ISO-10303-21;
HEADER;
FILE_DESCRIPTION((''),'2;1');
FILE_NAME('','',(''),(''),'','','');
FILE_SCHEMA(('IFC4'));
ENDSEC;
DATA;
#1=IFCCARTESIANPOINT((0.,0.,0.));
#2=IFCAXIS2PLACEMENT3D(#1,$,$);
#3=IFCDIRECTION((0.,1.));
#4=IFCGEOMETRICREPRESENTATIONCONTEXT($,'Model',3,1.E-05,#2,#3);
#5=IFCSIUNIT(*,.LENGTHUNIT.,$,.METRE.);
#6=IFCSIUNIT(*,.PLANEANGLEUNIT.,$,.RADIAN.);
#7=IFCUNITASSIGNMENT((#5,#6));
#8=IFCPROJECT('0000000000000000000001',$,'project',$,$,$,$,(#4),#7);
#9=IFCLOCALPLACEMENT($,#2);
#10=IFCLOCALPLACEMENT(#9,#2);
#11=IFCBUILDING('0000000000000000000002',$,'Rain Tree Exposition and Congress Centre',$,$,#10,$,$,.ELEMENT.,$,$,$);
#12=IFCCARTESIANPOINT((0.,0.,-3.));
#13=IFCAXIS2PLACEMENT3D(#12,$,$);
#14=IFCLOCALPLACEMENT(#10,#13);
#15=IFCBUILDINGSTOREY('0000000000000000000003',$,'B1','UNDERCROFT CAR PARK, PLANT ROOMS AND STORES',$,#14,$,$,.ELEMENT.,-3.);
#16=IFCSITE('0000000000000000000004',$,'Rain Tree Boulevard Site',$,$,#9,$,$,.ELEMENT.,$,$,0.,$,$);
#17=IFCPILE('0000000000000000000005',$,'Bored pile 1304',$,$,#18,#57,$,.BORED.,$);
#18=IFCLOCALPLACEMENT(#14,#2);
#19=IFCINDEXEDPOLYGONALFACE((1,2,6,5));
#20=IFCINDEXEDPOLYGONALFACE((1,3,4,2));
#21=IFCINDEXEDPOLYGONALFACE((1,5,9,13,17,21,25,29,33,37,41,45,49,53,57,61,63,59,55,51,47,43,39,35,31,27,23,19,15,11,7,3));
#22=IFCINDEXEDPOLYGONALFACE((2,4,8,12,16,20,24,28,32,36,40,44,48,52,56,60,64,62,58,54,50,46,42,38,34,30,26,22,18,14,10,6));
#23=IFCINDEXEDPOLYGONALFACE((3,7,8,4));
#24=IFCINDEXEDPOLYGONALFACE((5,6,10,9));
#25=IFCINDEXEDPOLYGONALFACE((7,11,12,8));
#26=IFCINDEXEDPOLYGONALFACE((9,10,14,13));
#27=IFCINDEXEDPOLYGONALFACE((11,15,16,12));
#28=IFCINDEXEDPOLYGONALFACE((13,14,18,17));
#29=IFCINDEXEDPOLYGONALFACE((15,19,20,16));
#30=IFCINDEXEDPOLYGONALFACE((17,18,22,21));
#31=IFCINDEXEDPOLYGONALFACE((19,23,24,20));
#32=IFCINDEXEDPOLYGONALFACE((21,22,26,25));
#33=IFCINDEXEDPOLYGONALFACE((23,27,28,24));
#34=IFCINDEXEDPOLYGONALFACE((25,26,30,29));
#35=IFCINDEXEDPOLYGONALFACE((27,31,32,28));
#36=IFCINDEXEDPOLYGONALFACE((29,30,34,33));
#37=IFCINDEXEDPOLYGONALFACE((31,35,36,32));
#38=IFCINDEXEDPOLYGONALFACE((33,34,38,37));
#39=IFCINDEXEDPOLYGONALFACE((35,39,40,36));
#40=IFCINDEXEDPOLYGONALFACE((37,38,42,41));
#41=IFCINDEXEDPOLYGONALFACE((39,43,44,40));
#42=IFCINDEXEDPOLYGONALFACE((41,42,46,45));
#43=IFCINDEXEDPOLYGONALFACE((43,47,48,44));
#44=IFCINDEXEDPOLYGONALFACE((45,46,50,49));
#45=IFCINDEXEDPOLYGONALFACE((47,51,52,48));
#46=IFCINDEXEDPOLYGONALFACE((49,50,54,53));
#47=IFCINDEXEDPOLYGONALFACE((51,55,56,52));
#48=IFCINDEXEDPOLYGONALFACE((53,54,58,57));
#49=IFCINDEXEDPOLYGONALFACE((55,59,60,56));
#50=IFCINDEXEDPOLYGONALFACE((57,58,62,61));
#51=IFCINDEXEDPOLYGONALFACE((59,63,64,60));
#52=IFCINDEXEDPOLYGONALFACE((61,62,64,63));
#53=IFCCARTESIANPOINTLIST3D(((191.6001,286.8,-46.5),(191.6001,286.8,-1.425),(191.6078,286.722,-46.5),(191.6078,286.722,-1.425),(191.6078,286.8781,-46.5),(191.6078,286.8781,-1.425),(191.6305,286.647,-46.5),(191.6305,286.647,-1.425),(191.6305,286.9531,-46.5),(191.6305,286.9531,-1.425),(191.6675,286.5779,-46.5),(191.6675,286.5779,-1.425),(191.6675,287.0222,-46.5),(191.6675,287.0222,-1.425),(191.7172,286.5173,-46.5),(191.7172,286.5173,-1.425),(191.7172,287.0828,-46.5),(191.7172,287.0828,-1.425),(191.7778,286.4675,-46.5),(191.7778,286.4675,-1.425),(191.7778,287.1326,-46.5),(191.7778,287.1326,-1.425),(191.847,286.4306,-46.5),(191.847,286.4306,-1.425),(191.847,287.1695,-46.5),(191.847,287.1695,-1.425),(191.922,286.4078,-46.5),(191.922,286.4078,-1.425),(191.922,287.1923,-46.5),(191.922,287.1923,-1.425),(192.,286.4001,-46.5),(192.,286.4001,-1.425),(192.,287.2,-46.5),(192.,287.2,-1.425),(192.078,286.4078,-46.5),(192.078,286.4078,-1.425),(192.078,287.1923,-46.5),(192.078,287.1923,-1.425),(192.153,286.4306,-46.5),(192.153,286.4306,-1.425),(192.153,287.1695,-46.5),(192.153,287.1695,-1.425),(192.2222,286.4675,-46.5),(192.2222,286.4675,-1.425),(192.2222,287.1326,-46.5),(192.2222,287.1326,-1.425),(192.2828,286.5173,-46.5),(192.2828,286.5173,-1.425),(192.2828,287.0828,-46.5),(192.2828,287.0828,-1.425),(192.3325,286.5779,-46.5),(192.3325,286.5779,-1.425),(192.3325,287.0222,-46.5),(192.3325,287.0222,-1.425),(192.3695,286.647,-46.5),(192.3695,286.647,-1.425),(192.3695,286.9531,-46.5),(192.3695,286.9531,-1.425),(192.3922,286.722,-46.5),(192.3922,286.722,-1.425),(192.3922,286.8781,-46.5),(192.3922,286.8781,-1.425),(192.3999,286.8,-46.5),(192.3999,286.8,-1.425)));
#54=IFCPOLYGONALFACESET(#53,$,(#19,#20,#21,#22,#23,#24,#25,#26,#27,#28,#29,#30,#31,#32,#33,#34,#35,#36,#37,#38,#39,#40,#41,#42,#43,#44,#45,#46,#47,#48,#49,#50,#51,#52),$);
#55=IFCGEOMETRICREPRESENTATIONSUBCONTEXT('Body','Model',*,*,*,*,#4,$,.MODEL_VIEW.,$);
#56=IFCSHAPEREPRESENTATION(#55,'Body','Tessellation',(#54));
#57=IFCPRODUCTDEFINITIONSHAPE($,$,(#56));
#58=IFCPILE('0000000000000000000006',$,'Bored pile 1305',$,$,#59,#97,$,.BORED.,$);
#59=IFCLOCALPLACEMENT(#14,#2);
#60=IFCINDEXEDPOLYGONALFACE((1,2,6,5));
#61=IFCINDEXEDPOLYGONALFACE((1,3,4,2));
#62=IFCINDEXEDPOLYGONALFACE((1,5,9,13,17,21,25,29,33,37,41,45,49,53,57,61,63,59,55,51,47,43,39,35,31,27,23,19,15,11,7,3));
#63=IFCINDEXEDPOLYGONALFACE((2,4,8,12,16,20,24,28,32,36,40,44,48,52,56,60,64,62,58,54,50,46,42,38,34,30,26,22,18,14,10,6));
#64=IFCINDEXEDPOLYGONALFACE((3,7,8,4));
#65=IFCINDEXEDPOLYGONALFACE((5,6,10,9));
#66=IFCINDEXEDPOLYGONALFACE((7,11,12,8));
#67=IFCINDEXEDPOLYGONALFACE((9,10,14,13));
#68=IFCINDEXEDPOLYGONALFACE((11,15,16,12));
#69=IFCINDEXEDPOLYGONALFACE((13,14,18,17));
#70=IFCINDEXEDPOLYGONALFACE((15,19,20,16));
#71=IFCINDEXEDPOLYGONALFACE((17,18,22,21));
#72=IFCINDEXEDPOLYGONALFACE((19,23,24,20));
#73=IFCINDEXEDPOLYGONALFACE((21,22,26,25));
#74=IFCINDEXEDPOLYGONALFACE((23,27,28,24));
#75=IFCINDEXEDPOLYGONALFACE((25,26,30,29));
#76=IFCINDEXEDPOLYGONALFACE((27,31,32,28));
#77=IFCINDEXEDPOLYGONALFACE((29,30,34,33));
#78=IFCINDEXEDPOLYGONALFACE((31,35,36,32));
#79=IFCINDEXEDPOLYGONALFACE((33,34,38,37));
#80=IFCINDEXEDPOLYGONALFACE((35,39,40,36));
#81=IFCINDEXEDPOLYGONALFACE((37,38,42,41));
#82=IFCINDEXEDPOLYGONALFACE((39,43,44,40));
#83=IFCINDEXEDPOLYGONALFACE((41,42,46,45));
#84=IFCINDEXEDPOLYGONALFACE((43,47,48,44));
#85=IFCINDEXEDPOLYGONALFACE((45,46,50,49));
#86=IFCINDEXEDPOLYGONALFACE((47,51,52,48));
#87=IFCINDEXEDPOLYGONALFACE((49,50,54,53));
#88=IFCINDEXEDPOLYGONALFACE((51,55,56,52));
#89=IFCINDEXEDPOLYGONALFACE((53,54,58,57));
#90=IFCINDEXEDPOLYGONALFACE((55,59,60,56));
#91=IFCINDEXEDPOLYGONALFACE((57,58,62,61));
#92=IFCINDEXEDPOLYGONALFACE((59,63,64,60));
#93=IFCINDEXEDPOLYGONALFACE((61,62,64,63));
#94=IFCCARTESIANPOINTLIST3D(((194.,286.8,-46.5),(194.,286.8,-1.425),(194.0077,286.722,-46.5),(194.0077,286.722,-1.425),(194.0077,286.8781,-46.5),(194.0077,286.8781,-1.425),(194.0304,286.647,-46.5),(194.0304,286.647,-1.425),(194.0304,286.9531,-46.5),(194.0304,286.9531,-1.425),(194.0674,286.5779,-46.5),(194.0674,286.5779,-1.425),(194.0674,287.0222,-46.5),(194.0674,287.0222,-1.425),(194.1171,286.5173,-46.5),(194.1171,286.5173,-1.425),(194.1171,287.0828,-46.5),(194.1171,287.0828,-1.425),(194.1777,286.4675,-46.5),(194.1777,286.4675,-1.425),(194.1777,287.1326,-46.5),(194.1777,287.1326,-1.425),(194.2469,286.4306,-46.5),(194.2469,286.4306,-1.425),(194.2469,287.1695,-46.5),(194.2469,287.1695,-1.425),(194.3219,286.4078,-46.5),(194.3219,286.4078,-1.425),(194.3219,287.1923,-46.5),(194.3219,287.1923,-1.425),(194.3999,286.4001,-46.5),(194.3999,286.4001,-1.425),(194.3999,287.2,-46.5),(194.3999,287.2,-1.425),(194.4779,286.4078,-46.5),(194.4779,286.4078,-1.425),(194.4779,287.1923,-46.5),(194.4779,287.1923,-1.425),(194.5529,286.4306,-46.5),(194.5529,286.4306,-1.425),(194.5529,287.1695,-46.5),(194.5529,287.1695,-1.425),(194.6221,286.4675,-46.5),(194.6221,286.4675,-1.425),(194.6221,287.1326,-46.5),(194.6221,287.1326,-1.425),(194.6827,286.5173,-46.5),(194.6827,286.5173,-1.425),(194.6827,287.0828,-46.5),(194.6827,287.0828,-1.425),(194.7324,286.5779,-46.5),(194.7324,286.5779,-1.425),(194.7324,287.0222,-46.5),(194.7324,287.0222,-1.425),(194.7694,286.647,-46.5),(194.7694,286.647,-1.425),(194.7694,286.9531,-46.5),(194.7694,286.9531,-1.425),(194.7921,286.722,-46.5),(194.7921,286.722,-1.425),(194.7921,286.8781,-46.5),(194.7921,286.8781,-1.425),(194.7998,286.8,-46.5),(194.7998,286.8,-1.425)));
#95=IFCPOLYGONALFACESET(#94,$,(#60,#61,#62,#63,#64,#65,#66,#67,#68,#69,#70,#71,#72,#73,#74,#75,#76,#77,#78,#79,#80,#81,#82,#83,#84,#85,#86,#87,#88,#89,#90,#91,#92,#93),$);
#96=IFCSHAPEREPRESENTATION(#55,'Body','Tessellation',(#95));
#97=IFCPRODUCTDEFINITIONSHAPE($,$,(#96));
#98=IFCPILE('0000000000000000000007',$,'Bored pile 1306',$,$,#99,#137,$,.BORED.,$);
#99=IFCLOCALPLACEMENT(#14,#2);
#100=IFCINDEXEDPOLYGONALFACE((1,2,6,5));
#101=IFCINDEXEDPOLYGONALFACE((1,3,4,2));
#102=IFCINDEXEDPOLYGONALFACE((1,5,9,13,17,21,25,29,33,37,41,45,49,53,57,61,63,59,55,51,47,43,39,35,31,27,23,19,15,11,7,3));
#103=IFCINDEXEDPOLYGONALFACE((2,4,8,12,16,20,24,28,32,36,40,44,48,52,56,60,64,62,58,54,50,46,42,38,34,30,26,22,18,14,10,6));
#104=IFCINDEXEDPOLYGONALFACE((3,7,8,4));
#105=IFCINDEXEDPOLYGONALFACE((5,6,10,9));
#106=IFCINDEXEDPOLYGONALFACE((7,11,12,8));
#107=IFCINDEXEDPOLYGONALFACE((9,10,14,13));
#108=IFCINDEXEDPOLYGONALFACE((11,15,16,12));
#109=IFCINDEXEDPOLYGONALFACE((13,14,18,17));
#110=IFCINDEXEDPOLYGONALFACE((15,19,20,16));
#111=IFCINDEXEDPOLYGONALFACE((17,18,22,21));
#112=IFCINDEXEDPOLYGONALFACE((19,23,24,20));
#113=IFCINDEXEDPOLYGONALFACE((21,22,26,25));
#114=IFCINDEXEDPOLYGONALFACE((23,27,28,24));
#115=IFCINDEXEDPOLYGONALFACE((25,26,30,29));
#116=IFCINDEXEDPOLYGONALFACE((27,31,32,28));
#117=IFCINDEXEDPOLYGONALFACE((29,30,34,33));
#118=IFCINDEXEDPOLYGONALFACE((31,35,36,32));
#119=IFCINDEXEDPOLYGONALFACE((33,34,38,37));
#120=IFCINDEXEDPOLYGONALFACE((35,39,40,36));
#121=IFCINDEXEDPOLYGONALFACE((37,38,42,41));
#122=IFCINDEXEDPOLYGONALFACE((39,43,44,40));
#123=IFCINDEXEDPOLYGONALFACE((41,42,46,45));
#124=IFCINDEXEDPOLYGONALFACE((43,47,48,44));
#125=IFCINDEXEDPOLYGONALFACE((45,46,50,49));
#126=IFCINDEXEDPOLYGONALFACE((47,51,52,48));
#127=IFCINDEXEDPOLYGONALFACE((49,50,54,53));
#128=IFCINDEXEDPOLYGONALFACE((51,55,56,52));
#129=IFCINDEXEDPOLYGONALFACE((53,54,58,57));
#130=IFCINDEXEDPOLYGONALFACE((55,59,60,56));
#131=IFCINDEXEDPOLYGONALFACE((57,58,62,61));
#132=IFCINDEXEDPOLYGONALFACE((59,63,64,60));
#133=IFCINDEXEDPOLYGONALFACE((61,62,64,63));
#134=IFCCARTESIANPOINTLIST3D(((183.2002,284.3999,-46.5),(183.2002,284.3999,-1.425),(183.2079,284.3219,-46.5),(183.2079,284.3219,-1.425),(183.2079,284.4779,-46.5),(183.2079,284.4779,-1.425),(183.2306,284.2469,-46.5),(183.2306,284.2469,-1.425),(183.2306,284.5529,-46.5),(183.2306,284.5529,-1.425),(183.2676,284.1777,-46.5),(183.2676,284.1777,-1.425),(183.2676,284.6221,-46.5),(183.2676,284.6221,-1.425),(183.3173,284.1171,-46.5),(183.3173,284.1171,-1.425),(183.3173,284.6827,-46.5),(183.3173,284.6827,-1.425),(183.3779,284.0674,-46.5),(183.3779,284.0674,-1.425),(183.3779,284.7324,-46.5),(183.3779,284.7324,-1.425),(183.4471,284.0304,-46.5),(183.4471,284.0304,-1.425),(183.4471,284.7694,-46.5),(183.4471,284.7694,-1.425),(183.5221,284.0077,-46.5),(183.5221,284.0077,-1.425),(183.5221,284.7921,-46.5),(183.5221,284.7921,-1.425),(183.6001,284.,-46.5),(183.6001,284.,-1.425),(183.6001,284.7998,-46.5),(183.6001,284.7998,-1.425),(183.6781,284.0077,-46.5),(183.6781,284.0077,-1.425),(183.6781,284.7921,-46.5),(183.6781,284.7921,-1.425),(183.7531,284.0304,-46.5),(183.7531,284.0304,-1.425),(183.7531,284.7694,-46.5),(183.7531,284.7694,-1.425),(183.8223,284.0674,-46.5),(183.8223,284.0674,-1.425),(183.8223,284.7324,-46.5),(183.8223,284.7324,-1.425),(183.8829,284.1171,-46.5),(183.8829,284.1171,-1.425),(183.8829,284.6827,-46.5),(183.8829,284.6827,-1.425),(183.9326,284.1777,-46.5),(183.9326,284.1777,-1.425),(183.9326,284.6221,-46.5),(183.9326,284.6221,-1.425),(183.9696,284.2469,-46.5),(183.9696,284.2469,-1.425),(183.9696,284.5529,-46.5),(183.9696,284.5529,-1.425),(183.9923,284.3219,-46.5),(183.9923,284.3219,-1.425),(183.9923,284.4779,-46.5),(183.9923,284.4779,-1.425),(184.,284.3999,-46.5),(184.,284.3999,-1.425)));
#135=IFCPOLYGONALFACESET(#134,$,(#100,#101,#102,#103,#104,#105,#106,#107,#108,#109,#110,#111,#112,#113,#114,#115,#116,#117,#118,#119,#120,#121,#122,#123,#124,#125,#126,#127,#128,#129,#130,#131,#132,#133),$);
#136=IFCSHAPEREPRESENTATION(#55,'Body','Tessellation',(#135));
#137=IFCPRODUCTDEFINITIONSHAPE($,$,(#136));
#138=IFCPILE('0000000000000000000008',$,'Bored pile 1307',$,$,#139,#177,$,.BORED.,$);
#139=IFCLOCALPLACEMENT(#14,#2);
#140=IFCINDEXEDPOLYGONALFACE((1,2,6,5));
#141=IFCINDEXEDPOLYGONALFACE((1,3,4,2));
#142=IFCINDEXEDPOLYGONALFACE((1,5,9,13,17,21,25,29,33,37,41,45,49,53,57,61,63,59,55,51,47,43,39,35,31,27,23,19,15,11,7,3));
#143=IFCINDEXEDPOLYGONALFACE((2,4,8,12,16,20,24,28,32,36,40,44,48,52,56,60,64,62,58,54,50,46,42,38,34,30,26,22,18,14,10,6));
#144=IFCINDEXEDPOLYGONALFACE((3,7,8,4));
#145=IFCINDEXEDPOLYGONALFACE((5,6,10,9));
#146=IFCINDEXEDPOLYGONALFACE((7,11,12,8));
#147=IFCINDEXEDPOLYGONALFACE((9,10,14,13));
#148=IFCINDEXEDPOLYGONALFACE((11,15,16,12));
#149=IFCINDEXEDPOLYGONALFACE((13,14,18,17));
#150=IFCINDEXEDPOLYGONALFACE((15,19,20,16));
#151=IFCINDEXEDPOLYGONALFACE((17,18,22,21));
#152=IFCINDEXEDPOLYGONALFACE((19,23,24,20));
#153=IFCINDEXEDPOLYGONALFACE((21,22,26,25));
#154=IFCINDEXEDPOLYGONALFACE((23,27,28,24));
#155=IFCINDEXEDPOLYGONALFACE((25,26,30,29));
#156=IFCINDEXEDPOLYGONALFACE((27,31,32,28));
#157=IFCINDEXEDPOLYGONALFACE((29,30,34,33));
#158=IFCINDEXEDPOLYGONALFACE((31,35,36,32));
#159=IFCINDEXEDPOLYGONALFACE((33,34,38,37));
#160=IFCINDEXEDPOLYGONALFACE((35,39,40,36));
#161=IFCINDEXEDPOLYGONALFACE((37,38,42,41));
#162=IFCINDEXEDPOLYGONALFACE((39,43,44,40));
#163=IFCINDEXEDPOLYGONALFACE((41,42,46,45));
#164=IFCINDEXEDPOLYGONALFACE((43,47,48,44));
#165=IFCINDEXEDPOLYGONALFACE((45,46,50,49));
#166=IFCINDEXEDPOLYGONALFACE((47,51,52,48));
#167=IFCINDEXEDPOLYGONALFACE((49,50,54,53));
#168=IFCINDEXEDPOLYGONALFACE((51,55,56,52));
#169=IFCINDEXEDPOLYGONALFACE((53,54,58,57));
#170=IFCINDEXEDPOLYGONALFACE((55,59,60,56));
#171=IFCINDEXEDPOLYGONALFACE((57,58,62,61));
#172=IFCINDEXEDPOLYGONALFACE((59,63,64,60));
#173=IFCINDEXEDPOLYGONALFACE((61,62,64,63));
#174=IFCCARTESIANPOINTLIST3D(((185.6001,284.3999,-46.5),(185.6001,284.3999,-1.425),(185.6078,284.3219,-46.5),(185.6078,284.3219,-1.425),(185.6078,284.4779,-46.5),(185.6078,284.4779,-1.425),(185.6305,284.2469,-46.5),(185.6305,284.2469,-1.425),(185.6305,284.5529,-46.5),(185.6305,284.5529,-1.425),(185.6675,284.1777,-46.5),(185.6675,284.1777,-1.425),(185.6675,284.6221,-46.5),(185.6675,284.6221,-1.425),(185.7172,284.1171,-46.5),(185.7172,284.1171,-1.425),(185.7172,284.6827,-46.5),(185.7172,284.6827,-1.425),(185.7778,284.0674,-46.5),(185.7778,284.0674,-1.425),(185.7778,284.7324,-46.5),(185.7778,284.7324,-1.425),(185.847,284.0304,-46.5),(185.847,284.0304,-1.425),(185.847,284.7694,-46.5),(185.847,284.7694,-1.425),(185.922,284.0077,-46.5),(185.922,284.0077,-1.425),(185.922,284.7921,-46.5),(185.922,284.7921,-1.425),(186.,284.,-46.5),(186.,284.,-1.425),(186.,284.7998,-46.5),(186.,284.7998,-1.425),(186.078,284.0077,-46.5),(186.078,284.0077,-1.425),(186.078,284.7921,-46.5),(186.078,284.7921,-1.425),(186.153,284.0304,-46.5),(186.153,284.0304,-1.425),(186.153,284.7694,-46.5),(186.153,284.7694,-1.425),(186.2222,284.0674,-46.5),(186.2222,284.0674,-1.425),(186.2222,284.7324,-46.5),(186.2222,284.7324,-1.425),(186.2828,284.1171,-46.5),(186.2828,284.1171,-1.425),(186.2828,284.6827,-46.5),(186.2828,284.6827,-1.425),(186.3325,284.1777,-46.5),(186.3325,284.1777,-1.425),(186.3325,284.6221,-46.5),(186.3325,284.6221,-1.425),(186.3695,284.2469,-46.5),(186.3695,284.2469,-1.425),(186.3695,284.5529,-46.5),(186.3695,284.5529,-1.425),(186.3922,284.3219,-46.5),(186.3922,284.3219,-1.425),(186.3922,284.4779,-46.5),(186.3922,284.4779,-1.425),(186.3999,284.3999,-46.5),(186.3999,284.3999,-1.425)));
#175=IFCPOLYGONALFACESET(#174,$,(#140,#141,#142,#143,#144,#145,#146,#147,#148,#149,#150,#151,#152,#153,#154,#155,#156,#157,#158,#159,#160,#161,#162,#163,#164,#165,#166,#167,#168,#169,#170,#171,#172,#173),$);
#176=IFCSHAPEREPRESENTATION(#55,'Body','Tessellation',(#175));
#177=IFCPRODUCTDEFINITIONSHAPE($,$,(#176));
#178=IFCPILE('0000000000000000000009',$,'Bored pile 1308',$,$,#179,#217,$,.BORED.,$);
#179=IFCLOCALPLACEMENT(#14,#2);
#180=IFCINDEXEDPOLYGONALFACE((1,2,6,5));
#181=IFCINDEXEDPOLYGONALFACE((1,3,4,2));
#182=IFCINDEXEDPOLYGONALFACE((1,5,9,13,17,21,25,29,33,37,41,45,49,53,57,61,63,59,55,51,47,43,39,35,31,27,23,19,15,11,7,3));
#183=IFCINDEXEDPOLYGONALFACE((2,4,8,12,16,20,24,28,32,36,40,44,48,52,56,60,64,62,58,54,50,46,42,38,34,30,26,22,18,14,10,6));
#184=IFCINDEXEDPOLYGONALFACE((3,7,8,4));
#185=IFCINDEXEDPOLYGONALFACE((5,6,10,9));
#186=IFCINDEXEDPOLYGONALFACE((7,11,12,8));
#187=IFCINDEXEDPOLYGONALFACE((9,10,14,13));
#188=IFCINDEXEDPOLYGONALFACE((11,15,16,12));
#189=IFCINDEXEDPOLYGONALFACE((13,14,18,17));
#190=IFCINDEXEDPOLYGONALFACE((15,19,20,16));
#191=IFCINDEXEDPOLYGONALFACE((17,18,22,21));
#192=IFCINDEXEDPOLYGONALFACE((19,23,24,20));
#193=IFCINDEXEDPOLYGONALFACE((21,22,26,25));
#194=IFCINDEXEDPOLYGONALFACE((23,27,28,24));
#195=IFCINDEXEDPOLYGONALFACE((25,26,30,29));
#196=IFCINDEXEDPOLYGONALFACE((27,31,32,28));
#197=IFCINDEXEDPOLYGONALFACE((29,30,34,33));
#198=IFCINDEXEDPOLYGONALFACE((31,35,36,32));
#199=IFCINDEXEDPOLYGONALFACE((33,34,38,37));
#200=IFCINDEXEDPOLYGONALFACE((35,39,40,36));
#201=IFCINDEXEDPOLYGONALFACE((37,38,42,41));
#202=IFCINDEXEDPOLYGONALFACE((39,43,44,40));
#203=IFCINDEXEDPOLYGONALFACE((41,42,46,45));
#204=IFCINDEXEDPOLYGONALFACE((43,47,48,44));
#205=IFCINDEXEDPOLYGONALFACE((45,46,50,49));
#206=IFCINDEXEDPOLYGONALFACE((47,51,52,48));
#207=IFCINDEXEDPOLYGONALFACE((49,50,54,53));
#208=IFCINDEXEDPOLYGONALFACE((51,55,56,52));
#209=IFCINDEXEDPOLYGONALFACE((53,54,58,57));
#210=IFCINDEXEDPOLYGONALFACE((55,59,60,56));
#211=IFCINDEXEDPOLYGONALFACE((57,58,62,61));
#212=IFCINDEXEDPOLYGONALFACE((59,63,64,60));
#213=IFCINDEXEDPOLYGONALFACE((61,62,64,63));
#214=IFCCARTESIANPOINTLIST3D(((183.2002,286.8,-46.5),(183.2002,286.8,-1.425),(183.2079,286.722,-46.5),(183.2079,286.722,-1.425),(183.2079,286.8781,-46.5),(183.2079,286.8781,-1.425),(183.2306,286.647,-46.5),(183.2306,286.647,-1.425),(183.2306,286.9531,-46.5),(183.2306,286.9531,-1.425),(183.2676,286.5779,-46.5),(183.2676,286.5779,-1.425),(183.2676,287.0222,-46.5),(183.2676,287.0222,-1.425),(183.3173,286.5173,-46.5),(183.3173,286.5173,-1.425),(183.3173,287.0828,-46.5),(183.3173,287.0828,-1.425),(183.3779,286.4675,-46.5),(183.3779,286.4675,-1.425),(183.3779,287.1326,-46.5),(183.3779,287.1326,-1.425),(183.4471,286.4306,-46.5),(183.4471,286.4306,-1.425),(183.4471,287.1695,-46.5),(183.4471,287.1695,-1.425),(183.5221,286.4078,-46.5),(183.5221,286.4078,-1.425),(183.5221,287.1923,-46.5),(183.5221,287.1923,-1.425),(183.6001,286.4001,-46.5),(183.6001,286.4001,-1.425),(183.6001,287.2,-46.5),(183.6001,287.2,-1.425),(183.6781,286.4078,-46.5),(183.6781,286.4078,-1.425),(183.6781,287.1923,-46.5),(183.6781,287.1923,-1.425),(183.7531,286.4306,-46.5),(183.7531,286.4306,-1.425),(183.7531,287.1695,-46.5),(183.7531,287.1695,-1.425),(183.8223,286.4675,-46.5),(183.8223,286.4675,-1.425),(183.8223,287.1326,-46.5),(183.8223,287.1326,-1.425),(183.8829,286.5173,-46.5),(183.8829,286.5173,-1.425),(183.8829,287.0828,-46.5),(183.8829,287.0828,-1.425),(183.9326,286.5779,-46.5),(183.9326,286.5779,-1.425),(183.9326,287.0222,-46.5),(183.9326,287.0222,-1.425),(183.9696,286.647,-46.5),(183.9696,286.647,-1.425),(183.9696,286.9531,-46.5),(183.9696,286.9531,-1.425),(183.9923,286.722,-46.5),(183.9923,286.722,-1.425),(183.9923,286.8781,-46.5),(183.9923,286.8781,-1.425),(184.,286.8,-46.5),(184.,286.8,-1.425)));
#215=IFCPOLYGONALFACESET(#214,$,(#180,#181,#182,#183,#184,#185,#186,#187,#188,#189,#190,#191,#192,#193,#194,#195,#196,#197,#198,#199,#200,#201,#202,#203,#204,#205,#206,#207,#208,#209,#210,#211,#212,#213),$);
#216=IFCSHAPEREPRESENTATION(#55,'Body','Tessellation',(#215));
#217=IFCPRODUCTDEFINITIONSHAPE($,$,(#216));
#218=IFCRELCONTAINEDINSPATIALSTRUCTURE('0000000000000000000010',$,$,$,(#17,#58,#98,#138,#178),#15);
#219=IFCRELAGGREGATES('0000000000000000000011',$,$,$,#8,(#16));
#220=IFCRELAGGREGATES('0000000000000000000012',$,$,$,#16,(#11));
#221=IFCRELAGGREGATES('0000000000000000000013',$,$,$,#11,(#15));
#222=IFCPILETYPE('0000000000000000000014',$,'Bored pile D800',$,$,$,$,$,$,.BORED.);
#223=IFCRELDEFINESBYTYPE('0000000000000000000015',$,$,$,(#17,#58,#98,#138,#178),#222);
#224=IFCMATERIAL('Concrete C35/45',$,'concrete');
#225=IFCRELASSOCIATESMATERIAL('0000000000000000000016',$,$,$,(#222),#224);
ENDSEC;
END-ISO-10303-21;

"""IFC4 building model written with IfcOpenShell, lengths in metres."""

from ifc_helpers import new_model, si_unit, direction, frame, origin, origin_2d, place, context, subcontext, project, spatial, circle, extrude, material, material_profile, profile_set, type_object, element, save


model = new_model("IFC4")

# Units and contexts
model_context = context("Model", 3, precision=1e-05, world=origin(), true_north=direction((0.0, 1.0)))
body_context = subcontext(model_context, "Body", "Model", "MODEL_VIEW")
ifc_project = project(units=[si_unit("LENGTHUNIT", "METRE"), si_unit("PLANEANGLEUNIT", "RADIAN")], contexts=[model_context])

# Site, building, storey
site_placement = place(None, origin())
site = spatial("IfcSite", under=ifc_project, at=site_placement, Name="Rain Tree Boulevard Site", CompositionType="ELEMENT", RefElevation=0.0)
building_placement = place(site_placement, origin())
building = spatial("IfcBuilding", under=site, at=building_placement, Name="Rain Tree Exposition and Congress Centre", CompositionType="ELEMENT")
storey_placement = place(building_placement, frame((0.0, 0.0, -3.0)))
storey = spatial("IfcBuildingStorey", under=building, at=storey_placement, Name="B1", Description="UNDERCROFT CAR PARK, PLANT ROOMS AND STORES", CompositionType="ELEMENT", Elevation=-3.0)

# Piles
ifc_material_1 = material(Name="Concrete C35/45", Category="concrete")
ifc_material_profile_1 = material_profile(ifc_material_1, circle(Radius=0.3999, at=origin_2d()), Name="D800")
ifc_profile_set_1 = profile_set([ifc_material_profile_1], Name="Concrete C35/45")
pile_type_1 = type_object("IfcPileType", Name="Bored pile D800", PredefinedType="BORED", material=ifc_profile_set_1)
for number, where, z_axis, x_axis, name in (
    (1, (192.0, 286.8, -1.425), (0.0, 0.0, -1.0), (1.0, 0.0, 0.0), "Bored pile 1304"),
    (2, (194.3999, 286.8, -1.425), (0.0, 0.0, -1.0), (1.0, 0.0, 0.0), "Bored pile 1305"),
    (3, (183.6001, 284.3999, -1.425), (0.0, 0.0, -1.0), (1.0, 0.0, 0.0), "Bored pile 1306"),
    (4, (186.0, 284.3999, -1.425), (0.0, 0.0, -1.0), (1.0, 0.0, 0.0), "Bored pile 1307"),
    (5, (183.6001, 286.8, -1.425), (0.0, 0.0, -1.0), (1.0, 0.0, 0.0), "Bored pile 1308"),
):
    element("IfcPile", number, at=place(storey_placement, frame(where, z_axis=z_axis, x_axis=x_axis)), inside=storey, type_object=pile_type_1, Name=name, PredefinedType="BORED", context=body_context, shape_type="SweptSolid", body=[
        extrude(circle(Radius=0.3999, at=origin_2d()), origin(), (0.0, 0.0, 1.0), 45.075),
    ])

save(model, "model.ifc")
